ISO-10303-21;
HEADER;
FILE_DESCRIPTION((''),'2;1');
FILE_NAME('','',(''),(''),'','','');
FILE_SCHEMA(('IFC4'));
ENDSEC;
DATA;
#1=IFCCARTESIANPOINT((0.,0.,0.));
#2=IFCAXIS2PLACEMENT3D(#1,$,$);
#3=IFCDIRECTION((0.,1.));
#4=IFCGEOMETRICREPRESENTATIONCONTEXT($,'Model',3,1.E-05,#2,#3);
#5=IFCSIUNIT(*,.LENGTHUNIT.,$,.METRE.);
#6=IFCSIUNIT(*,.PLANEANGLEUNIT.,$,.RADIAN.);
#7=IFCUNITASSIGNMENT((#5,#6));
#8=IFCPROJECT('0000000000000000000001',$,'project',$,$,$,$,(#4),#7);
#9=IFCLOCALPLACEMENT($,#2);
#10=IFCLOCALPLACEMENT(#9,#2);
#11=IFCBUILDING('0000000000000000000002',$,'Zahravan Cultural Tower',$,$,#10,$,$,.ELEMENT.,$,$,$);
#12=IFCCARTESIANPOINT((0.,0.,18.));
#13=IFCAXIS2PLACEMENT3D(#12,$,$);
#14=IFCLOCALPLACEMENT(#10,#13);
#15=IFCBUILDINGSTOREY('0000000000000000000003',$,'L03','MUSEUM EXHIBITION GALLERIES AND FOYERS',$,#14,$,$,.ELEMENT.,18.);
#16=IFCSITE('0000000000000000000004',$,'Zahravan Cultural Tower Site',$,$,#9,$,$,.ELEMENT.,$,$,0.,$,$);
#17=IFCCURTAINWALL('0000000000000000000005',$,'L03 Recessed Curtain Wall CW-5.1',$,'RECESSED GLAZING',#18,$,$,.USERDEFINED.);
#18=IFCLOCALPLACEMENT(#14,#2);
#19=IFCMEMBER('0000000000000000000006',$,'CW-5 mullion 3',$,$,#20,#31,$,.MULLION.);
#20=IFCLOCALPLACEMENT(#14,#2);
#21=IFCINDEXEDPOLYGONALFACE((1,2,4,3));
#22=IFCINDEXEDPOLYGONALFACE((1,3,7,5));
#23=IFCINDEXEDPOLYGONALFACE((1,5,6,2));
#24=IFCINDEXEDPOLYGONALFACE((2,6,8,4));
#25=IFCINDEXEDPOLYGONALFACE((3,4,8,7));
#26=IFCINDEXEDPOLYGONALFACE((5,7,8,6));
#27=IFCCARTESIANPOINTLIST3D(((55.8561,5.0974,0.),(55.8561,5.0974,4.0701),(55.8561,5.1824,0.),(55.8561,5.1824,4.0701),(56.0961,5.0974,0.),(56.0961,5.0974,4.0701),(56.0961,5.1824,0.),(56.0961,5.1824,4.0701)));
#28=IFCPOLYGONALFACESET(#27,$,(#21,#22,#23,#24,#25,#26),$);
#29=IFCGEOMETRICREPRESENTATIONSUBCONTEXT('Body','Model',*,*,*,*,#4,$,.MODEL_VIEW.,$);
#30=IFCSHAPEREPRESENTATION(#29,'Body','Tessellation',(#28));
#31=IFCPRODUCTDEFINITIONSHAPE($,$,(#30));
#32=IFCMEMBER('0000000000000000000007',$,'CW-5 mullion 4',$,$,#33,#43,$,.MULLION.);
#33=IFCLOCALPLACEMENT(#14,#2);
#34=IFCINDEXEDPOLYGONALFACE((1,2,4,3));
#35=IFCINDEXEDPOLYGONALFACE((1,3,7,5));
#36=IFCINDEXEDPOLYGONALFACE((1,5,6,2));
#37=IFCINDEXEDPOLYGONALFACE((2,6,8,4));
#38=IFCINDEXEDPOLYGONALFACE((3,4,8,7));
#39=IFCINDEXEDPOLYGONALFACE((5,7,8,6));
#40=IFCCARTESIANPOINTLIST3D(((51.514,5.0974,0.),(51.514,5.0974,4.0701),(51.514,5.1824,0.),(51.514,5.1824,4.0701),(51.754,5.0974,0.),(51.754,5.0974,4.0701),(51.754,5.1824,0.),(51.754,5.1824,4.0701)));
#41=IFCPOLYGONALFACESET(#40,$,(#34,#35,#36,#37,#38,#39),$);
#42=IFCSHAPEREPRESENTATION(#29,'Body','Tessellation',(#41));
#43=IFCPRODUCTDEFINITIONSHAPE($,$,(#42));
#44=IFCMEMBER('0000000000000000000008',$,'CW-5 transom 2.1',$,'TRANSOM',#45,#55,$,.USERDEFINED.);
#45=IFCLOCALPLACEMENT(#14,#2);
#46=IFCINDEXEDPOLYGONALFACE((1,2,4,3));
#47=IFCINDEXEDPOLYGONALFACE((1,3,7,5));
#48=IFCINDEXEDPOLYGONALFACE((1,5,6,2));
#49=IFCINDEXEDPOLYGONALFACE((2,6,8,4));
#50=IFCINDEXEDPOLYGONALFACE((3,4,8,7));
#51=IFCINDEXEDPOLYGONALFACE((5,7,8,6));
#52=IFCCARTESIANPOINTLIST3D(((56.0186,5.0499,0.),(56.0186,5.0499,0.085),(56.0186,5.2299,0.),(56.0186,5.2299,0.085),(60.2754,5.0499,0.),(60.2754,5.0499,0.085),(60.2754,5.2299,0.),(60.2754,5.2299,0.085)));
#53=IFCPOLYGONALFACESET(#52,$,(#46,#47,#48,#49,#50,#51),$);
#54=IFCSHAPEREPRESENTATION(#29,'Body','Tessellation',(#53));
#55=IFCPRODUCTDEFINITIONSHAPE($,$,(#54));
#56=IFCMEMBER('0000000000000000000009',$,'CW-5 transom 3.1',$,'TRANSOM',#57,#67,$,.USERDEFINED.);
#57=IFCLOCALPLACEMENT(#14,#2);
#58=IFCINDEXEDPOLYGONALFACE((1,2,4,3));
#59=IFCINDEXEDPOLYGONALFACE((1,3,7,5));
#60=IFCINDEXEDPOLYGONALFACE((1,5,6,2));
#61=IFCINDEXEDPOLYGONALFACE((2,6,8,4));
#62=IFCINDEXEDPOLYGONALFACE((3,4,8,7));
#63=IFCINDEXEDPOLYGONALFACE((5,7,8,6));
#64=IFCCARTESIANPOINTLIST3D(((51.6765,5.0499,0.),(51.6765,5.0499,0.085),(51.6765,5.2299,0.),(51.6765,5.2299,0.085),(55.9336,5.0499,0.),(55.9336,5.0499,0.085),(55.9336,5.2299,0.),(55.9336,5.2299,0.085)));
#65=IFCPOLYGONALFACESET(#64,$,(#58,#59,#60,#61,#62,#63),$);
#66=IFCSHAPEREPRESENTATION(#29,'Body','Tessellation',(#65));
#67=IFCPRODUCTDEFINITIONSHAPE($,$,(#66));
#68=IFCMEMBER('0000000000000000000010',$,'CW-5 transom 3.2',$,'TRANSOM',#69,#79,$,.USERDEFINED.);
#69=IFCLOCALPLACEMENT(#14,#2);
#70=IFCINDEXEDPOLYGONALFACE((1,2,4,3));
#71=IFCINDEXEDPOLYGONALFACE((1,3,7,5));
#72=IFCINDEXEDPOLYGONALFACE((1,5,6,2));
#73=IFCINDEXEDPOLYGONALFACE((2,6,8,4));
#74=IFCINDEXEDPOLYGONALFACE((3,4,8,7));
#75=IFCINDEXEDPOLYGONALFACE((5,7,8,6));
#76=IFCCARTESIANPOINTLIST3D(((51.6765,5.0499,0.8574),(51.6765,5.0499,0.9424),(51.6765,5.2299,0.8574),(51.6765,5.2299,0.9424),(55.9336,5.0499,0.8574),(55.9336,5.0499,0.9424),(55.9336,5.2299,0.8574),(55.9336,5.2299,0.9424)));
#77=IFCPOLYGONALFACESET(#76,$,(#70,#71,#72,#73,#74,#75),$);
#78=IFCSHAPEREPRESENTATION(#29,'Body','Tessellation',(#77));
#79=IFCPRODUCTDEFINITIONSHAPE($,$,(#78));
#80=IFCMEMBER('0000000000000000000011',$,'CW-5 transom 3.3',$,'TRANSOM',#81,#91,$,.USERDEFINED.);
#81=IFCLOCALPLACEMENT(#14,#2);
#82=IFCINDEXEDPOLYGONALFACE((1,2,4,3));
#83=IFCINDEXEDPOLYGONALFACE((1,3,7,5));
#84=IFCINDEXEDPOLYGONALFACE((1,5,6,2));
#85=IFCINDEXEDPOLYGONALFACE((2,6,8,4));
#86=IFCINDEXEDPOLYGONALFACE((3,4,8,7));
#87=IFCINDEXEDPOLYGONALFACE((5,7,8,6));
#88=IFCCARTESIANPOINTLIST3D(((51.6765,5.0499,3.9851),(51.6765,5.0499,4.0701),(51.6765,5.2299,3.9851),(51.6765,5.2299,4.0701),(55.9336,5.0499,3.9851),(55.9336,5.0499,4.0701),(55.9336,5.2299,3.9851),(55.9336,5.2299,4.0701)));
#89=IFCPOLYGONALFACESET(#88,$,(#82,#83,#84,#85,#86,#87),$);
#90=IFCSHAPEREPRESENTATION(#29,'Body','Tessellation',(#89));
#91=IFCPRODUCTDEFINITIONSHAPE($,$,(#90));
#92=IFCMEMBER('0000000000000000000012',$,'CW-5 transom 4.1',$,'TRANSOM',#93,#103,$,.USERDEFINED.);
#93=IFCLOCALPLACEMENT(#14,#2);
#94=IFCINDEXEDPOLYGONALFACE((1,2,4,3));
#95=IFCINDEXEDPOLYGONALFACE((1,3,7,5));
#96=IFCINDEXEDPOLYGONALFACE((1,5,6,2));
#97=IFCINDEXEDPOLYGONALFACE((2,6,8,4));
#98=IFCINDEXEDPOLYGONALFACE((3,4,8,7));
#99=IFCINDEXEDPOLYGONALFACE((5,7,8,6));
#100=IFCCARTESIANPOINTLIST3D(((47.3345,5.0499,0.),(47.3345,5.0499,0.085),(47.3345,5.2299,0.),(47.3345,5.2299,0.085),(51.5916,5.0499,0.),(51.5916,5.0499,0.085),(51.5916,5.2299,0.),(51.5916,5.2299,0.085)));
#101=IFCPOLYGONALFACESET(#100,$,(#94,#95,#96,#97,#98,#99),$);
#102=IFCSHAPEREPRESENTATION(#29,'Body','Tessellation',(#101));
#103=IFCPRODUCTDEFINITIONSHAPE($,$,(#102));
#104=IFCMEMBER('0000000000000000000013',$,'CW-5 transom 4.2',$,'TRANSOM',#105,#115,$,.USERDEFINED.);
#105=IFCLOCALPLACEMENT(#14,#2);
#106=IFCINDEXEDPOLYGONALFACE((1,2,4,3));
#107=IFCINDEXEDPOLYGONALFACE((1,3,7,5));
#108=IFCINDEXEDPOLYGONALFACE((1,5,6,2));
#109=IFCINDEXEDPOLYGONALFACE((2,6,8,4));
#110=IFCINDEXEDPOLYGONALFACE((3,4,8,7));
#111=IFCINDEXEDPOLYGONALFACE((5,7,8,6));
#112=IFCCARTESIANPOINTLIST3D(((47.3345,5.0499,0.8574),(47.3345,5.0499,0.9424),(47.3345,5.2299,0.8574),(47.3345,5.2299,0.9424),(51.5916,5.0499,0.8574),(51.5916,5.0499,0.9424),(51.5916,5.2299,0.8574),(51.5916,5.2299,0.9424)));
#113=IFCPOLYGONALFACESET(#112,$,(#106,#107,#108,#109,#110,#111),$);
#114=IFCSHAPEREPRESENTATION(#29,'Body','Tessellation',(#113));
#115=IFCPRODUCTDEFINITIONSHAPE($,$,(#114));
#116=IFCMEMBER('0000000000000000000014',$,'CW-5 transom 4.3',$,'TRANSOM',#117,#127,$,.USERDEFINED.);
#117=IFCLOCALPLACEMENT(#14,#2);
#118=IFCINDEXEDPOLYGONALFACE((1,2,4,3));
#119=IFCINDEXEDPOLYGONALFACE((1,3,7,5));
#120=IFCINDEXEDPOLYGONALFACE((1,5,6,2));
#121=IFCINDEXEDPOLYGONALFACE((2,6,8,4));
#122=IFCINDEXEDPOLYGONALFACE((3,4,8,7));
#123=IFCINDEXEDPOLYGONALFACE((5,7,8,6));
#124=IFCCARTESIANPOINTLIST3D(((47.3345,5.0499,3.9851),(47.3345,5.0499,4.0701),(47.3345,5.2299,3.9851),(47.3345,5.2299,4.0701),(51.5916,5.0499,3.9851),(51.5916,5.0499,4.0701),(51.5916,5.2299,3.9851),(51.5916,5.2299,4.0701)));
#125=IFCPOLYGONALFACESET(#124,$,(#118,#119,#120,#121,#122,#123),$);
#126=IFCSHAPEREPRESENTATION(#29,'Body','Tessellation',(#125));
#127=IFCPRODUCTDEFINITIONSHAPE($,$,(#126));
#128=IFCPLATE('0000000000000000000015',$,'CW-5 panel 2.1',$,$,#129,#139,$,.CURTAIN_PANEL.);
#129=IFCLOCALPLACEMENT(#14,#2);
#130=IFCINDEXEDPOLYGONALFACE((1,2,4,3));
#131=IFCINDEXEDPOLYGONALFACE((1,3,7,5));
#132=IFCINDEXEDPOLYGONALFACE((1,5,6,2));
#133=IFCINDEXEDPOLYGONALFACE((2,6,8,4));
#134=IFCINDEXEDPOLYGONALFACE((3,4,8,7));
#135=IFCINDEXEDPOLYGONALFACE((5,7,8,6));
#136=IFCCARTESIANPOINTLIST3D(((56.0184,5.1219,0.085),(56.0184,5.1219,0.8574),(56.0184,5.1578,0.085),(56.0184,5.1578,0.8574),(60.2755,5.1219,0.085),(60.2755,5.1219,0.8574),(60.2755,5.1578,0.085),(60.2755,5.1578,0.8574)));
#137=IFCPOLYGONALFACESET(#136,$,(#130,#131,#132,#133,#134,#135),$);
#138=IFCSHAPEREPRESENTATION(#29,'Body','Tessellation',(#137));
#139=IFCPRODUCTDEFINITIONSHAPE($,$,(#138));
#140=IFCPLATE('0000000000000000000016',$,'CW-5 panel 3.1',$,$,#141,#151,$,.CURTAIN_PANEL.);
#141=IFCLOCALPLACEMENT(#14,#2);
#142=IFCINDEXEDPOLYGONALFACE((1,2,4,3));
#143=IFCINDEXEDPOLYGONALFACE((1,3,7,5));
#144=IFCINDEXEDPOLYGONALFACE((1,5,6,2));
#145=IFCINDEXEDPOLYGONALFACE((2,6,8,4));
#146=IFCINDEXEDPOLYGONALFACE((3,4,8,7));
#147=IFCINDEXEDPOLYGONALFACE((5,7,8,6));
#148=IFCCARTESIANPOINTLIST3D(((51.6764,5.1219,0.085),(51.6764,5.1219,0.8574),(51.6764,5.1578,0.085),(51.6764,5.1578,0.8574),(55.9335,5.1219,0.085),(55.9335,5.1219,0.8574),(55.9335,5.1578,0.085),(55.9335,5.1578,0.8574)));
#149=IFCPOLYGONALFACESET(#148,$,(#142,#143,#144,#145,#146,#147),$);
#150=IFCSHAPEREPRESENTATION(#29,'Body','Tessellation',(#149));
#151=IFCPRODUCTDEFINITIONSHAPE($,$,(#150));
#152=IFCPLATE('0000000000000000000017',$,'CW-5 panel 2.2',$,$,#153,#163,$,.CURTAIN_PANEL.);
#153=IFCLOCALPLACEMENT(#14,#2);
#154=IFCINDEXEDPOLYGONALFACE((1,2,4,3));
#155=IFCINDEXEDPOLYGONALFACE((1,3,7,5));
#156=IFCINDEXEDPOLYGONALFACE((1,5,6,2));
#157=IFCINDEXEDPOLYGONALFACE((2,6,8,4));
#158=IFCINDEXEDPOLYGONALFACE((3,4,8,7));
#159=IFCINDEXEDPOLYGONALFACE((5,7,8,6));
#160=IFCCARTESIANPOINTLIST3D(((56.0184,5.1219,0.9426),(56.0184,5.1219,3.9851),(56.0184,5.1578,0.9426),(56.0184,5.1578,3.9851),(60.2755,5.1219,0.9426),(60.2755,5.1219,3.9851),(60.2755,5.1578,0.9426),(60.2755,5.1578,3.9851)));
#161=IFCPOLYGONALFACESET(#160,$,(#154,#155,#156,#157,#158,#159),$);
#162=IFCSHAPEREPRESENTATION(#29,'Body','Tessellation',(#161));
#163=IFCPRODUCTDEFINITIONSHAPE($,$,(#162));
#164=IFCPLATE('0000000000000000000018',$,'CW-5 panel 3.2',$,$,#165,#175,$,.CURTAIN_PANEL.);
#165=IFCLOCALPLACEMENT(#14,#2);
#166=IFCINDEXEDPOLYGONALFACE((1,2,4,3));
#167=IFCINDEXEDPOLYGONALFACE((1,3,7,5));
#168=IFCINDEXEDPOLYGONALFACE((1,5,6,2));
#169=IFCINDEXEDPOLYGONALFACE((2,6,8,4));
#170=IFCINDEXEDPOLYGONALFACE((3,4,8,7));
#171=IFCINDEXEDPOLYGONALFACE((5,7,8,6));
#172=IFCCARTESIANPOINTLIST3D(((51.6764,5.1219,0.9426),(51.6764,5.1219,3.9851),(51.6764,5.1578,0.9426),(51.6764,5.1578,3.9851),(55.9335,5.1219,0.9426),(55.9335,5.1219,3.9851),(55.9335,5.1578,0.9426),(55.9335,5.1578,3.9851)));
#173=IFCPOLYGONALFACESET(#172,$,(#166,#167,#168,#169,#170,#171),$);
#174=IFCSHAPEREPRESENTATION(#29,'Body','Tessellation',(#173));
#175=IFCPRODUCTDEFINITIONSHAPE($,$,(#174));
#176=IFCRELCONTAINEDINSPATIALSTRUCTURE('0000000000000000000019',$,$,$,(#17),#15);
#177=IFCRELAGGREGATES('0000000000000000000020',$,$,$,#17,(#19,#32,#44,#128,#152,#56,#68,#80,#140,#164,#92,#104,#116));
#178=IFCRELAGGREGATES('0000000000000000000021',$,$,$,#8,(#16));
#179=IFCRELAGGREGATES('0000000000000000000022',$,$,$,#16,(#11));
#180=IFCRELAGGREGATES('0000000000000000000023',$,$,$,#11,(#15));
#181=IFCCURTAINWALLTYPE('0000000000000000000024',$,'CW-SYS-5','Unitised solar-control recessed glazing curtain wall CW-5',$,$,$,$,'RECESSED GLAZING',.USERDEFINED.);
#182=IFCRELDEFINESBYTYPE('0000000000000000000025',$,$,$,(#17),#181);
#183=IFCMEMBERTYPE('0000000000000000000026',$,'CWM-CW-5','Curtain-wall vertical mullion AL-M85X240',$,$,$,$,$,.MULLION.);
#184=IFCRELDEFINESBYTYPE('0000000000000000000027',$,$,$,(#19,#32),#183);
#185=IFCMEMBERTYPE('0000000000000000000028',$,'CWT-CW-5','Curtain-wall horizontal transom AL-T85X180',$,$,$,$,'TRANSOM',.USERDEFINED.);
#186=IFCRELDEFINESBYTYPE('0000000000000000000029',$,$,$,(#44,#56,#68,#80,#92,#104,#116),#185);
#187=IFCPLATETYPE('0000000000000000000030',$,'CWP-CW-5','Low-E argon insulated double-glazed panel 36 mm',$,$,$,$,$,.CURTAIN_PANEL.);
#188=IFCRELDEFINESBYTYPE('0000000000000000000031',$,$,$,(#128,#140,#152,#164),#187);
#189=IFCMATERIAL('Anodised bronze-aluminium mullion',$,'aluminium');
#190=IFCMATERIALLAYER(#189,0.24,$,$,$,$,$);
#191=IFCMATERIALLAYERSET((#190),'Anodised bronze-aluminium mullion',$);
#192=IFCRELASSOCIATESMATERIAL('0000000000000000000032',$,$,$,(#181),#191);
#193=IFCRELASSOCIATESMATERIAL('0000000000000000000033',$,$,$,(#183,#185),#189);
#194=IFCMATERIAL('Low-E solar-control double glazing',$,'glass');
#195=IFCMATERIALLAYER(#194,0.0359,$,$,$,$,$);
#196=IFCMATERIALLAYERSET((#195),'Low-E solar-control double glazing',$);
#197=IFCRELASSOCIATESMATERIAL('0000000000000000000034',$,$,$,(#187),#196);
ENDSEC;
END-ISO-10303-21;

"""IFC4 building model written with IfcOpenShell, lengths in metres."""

from ifc_helpers import new_model, si_unit, direction, frame, origin, origin_2d, place, context, subcontext, project, spatial, rectangle, extrude, source, transform, mapped, material, layer, layer_set, material_profile, profile_set, type_object, element, aggregate, save


model = new_model("IFC4")

# Units and contexts
model_context = context("Model", 3, precision=1e-05, world=origin(), true_north=direction((0.0, 1.0)))
body_context = subcontext(model_context, "Body", "Model", "MODEL_VIEW")
ifc_project = project(units=[si_unit("LENGTHUNIT", "METRE"), si_unit("PLANEANGLEUNIT", "RADIAN")], contexts=[model_context])

# Site, building, storey
site_placement = place(None, origin())
site = spatial("IfcSite", under=ifc_project, at=site_placement, Name="Zahravan Cultural Tower Site", CompositionType="ELEMENT", RefElevation=0.0)
building_placement = place(site_placement, origin())
building = spatial("IfcBuilding", under=site, at=building_placement, Name="Zahravan Cultural Tower", CompositionType="ELEMENT")
storey_placement = place(building_placement, frame((0.0, 0.0, 18.0)))
storey = spatial("IfcBuildingStorey", under=building, at=storey_placement, Name="L03", Description="MUSEUM EXHIBITION GALLERIES AND FOYERS", CompositionType="ELEMENT", Elevation=18.0)

# Curtain wall, members, plates
ifc_material_1 = material(Name="Anodised bronze-aluminium mullion", Category="aluminium")
ifc_layer_1 = layer(ifc_material_1, 0.24)
ifc_layer_set_1 = layer_set([ifc_layer_1], Name="Anodised bronze-aluminium mullion")
curtain_wall_type = type_object("IfcCurtainWallType", Name="CW-SYS-5", Description="Unitised solar-control recessed glazing curtain wall CW-5", ElementType="RECESSED GLAZING", PredefinedType="USERDEFINED", material=ifc_layer_set_1)
curtain_wall_placement = place(storey_placement, origin())
curtain_wall = element("IfcCurtainWall", 1, at=curtain_wall_placement, inside=storey, type_object=curtain_wall_type, Name="L03 Recessed Curtain Wall CW-5.1", ObjectType="RECESSED GLAZING", PredefinedType="USERDEFINED")
ifc_material_profile_1 = material_profile(ifc_material_1, rectangle(XDim=0.085, YDim=0.24, at=origin_2d()), Name="AL-M85X240")
ifc_profile_set_1 = profile_set([ifc_material_profile_1], Name="Anodised bronze-aluminium mullion")
member_type_1 = type_object("IfcMemberType", Name="CWM-CW-5", Description="Curtain-wall vertical mullion AL-M85X240", PredefinedType="MULLION", material=ifc_profile_set_1)
shared_shape_1 = source(origin(), body_context, "Body", "SweptSolid", [
    extrude(rectangle(XDim=0.085, YDim=0.24, at=origin_2d()), origin(), (0.0, 0.0, 1.0), 4.0701),
])
member_1_placement = place(storey_placement, frame((55.9761, 5.1399, 0.0), z_axis=(0.0, 0.0, 1.0), x_axis=(0.0, -1.0, 0.0)))
member_1 = element("IfcMember", 2, at=member_1_placement, type_object=member_type_1, Name="CW-5 mullion 3", PredefinedType="MULLION", context=body_context, shape_type="MappedRepresentation", body=[
    mapped(shared_shape_1, transform((0.0, 0.0, 0.0), x_axis=(1.0, 0.0, 0.0), y_axis=(0.0, 1.0, 0.0), z_axis=(0.0, 0.0, 1.0), scale=1.0)),
])
member_2_placement = place(storey_placement, frame((51.634, 5.1399, 0.0), z_axis=(0.0, 0.0, 1.0), x_axis=(0.0, -1.0, 0.0)))
member_2 = element("IfcMember", 3, at=member_2_placement, type_object=member_type_1, Name="CW-5 mullion 4", PredefinedType="MULLION", context=body_context, shape_type="MappedRepresentation", body=[
    mapped(shared_shape_1, transform((0.0, 0.0, 0.0), x_axis=(1.0, 0.0, 0.0), y_axis=(0.0, 1.0, 0.0), z_axis=(0.0, 0.0, 1.0), scale=1.0)),
])
ifc_material_profile_2 = material_profile(ifc_material_1, rectangle(XDim=0.1799, YDim=0.085, at=origin_2d()), Name="AL-T85X180")
ifc_profile_set_2 = profile_set([ifc_material_profile_2], Name="Anodised bronze-aluminium mullion")
member_type_2 = type_object("IfcMemberType", Name="CWT-CW-5", Description="Curtain-wall horizontal transom AL-T85X180", ElementType="TRANSOM", PredefinedType="USERDEFINED", material=ifc_profile_set_2)
shared_shape_2 = source(origin(), body_context, "Body", "SweptSolid", [
    extrude(rectangle(XDim=0.1799, YDim=0.085, at=origin_2d()), origin(), (0.0, 0.0, 1.0), 4.2568),
])
member_3_placement = place(storey_placement, frame((60.2754, 5.1399, 0.0425), z_axis=(-1.0, 0.0, 0.0), x_axis=(0.0, -1.0, 0.0)))
member_3 = element("IfcMember", 4, at=member_3_placement, type_object=member_type_2, Name="CW-5 transom 2.1", ObjectType="TRANSOM", PredefinedType="USERDEFINED", context=body_context, shape_type="MappedRepresentation", body=[
    mapped(shared_shape_2, transform((0.0, 0.0, 0.0), x_axis=(1.0, 0.0, 0.0), y_axis=(0.0, 1.0, 0.0), z_axis=(0.0, 0.0, 1.0), scale=1.0)),
])
shared_shape_3 = source(origin(), body_context, "Body", "SweptSolid", [
    extrude(rectangle(XDim=0.1799, YDim=0.085, at=origin_2d()), origin(), (0.0, 0.0, 1.0), 4.2571),
])
member_4_placement = place(storey_placement, frame((55.9336, 5.1399, 0.0425), z_axis=(-1.0, 0.0, 0.0), x_axis=(0.0, -1.0, 0.0)))
member_4 = element("IfcMember", 5, at=member_4_placement, type_object=member_type_2, Name="CW-5 transom 3.1", ObjectType="TRANSOM", PredefinedType="USERDEFINED", context=body_context, shape_type="MappedRepresentation", body=[
    mapped(shared_shape_3, transform((0.0, 0.0, 0.0), x_axis=(1.0, 0.0, 0.0), y_axis=(0.0, 1.0, 0.0), z_axis=(0.0, 0.0, 1.0), scale=1.0)),
])
member_5_placement = place(storey_placement, frame((55.9336, 5.1399, 0.8999), z_axis=(-1.0, 0.0, 0.0), x_axis=(0.0, -1.0, 0.0)))
member_5 = element("IfcMember", 6, at=member_5_placement, type_object=member_type_2, Name="CW-5 transom 3.2", ObjectType="TRANSOM", PredefinedType="USERDEFINED", context=body_context, shape_type="MappedRepresentation", body=[
    mapped(shared_shape_3, transform((0.0, 0.0, 0.0), x_axis=(1.0, 0.0, 0.0), y_axis=(0.0, 1.0, 0.0), z_axis=(0.0, 0.0, 1.0), scale=1.0)),
])
member_6_placement = place(storey_placement, frame((55.9336, 5.1399, 4.0276), z_axis=(-1.0, 0.0, 0.0), x_axis=(0.0, -1.0, 0.0)))
member_6 = element("IfcMember", 7, at=member_6_placement, type_object=member_type_2, Name="CW-5 transom 3.3", ObjectType="TRANSOM", PredefinedType="USERDEFINED", context=body_context, shape_type="MappedRepresentation", body=[
    mapped(shared_shape_3, transform((0.0, 0.0, 0.0), x_axis=(1.0, 0.0, 0.0), y_axis=(0.0, 1.0, 0.0), z_axis=(0.0, 0.0, 1.0), scale=1.0)),
])
member_7_placement = place(storey_placement, frame((51.5916, 5.1399, 0.0425), z_axis=(-1.0, 0.0, 0.0), x_axis=(0.0, -1.0, 0.0)))
member_7 = element("IfcMember", 8, at=member_7_placement, type_object=member_type_2, Name="CW-5 transom 4.1", ObjectType="TRANSOM", PredefinedType="USERDEFINED", context=body_context, shape_type="MappedRepresentation", body=[
    mapped(shared_shape_3, transform((0.0, 0.0, 0.0), x_axis=(1.0, 0.0, 0.0), y_axis=(0.0, 1.0, 0.0), z_axis=(0.0, 0.0, 1.0), scale=1.0)),
])
member_8_placement = place(storey_placement, frame((51.5916, 5.1399, 0.8999), z_axis=(-1.0, 0.0, 0.0), x_axis=(0.0, -1.0, 0.0)))
member_8 = element("IfcMember", 9, at=member_8_placement, type_object=member_type_2, Name="CW-5 transom 4.2", ObjectType="TRANSOM", PredefinedType="USERDEFINED", context=body_context, shape_type="MappedRepresentation", body=[
    mapped(shared_shape_3, transform((0.0, 0.0, 0.0), x_axis=(1.0, 0.0, 0.0), y_axis=(0.0, 1.0, 0.0), z_axis=(0.0, 0.0, 1.0), scale=1.0)),
])
member_9_placement = place(storey_placement, frame((51.5916, 5.1399, 4.0276), z_axis=(-1.0, 0.0, 0.0), x_axis=(0.0, -1.0, 0.0)))
member_9 = element("IfcMember", 10, at=member_9_placement, type_object=member_type_2, Name="CW-5 transom 4.3", ObjectType="TRANSOM", PredefinedType="USERDEFINED", context=body_context, shape_type="MappedRepresentation", body=[
    mapped(shared_shape_3, transform((0.0, 0.0, 0.0), x_axis=(1.0, 0.0, 0.0), y_axis=(0.0, 1.0, 0.0), z_axis=(0.0, 0.0, 1.0), scale=1.0)),
])
ifc_material_2 = material(Name="Low-E solar-control double glazing", Category="glass")
ifc_layer_2 = layer(ifc_material_2, 0.0359)
ifc_layer_set_2 = layer_set([ifc_layer_2], Name="Low-E solar-control double glazing")
plate_type = type_object("IfcPlateType", Name="CWP-CW-5", Description="Low-E argon insulated double-glazed panel 36 mm", PredefinedType="CURTAIN_PANEL", material=ifc_layer_set_2)
shared_shape_4 = source(origin(), body_context, "Body", "SweptSolid", [
    extrude(rectangle(XDim=4.2571, YDim=0.0359, at=origin_2d()), origin(), (0.0, 0.0, 1.0), 0.7725),
])
plate_1_placement = place(storey_placement, frame((58.147, 5.1399, 0.085), z_axis=(0.0, 0.0, 1.0), x_axis=(-1.0, 0.0, 0.0)))
plate_1 = element("IfcPlate", 11, at=plate_1_placement, type_object=plate_type, Name="CW-5 panel 2.1", PredefinedType="CURTAIN_PANEL", context=body_context, shape_type="MappedRepresentation", body=[
    mapped(shared_shape_4, transform((0.0, 0.0, 0.0), x_axis=(1.0, 0.0, 0.0), y_axis=(0.0, 1.0, 0.0), z_axis=(0.0, 0.0, 1.0), scale=1.0)),
])
plate_2_placement = place(storey_placement, frame((53.8049, 5.1399, 0.085), z_axis=(0.0, 0.0, 1.0), x_axis=(-1.0, 0.0, 0.0)))
plate_2 = element("IfcPlate", 12, at=plate_2_placement, type_object=plate_type, Name="CW-5 panel 3.1", PredefinedType="CURTAIN_PANEL", context=body_context, shape_type="MappedRepresentation", body=[
    mapped(shared_shape_4, transform((0.0, 0.0, 0.0), x_axis=(1.0, 0.0, 0.0), y_axis=(0.0, 1.0, 0.0), z_axis=(0.0, 0.0, 1.0), scale=1.0)),
])
shared_shape_5 = source(origin(), body_context, "Body", "SweptSolid", [
    extrude(rectangle(XDim=4.2571, YDim=0.0359, at=origin_2d()), origin(), (0.0, 0.0, 1.0), 3.0425),
])
plate_3_placement = place(storey_placement, frame((58.147, 5.1399, 0.9426), z_axis=(0.0, 0.0, 1.0), x_axis=(-1.0, 0.0, 0.0)))
plate_3 = element("IfcPlate", 13, at=plate_3_placement, type_object=plate_type, Name="CW-5 panel 2.2", PredefinedType="CURTAIN_PANEL", context=body_context, shape_type="MappedRepresentation", body=[
    mapped(shared_shape_5, transform((0.0, 0.0, 0.0), x_axis=(1.0, 0.0, 0.0), y_axis=(0.0, 1.0, 0.0), z_axis=(0.0, 0.0, 1.0), scale=1.0)),
])
plate_4_placement = place(storey_placement, frame((53.8049, 5.1399, 0.9426), z_axis=(0.0, 0.0, 1.0), x_axis=(-1.0, 0.0, 0.0)))
plate_4 = element("IfcPlate", 14, at=plate_4_placement, type_object=plate_type, Name="CW-5 panel 3.2", PredefinedType="CURTAIN_PANEL", context=body_context, shape_type="MappedRepresentation", body=[
    mapped(shared_shape_5, transform((0.0, 0.0, 0.0), x_axis=(1.0, 0.0, 0.0), y_axis=(0.0, 1.0, 0.0), z_axis=(0.0, 0.0, 1.0), scale=1.0)),
])
aggregate(curtain_wall, [member_1, member_2, member_3, plate_1, plate_3, member_4, member_5, member_6, plate_2, plate_4, member_7, member_8, member_9])

save(model, "model.ifc")
